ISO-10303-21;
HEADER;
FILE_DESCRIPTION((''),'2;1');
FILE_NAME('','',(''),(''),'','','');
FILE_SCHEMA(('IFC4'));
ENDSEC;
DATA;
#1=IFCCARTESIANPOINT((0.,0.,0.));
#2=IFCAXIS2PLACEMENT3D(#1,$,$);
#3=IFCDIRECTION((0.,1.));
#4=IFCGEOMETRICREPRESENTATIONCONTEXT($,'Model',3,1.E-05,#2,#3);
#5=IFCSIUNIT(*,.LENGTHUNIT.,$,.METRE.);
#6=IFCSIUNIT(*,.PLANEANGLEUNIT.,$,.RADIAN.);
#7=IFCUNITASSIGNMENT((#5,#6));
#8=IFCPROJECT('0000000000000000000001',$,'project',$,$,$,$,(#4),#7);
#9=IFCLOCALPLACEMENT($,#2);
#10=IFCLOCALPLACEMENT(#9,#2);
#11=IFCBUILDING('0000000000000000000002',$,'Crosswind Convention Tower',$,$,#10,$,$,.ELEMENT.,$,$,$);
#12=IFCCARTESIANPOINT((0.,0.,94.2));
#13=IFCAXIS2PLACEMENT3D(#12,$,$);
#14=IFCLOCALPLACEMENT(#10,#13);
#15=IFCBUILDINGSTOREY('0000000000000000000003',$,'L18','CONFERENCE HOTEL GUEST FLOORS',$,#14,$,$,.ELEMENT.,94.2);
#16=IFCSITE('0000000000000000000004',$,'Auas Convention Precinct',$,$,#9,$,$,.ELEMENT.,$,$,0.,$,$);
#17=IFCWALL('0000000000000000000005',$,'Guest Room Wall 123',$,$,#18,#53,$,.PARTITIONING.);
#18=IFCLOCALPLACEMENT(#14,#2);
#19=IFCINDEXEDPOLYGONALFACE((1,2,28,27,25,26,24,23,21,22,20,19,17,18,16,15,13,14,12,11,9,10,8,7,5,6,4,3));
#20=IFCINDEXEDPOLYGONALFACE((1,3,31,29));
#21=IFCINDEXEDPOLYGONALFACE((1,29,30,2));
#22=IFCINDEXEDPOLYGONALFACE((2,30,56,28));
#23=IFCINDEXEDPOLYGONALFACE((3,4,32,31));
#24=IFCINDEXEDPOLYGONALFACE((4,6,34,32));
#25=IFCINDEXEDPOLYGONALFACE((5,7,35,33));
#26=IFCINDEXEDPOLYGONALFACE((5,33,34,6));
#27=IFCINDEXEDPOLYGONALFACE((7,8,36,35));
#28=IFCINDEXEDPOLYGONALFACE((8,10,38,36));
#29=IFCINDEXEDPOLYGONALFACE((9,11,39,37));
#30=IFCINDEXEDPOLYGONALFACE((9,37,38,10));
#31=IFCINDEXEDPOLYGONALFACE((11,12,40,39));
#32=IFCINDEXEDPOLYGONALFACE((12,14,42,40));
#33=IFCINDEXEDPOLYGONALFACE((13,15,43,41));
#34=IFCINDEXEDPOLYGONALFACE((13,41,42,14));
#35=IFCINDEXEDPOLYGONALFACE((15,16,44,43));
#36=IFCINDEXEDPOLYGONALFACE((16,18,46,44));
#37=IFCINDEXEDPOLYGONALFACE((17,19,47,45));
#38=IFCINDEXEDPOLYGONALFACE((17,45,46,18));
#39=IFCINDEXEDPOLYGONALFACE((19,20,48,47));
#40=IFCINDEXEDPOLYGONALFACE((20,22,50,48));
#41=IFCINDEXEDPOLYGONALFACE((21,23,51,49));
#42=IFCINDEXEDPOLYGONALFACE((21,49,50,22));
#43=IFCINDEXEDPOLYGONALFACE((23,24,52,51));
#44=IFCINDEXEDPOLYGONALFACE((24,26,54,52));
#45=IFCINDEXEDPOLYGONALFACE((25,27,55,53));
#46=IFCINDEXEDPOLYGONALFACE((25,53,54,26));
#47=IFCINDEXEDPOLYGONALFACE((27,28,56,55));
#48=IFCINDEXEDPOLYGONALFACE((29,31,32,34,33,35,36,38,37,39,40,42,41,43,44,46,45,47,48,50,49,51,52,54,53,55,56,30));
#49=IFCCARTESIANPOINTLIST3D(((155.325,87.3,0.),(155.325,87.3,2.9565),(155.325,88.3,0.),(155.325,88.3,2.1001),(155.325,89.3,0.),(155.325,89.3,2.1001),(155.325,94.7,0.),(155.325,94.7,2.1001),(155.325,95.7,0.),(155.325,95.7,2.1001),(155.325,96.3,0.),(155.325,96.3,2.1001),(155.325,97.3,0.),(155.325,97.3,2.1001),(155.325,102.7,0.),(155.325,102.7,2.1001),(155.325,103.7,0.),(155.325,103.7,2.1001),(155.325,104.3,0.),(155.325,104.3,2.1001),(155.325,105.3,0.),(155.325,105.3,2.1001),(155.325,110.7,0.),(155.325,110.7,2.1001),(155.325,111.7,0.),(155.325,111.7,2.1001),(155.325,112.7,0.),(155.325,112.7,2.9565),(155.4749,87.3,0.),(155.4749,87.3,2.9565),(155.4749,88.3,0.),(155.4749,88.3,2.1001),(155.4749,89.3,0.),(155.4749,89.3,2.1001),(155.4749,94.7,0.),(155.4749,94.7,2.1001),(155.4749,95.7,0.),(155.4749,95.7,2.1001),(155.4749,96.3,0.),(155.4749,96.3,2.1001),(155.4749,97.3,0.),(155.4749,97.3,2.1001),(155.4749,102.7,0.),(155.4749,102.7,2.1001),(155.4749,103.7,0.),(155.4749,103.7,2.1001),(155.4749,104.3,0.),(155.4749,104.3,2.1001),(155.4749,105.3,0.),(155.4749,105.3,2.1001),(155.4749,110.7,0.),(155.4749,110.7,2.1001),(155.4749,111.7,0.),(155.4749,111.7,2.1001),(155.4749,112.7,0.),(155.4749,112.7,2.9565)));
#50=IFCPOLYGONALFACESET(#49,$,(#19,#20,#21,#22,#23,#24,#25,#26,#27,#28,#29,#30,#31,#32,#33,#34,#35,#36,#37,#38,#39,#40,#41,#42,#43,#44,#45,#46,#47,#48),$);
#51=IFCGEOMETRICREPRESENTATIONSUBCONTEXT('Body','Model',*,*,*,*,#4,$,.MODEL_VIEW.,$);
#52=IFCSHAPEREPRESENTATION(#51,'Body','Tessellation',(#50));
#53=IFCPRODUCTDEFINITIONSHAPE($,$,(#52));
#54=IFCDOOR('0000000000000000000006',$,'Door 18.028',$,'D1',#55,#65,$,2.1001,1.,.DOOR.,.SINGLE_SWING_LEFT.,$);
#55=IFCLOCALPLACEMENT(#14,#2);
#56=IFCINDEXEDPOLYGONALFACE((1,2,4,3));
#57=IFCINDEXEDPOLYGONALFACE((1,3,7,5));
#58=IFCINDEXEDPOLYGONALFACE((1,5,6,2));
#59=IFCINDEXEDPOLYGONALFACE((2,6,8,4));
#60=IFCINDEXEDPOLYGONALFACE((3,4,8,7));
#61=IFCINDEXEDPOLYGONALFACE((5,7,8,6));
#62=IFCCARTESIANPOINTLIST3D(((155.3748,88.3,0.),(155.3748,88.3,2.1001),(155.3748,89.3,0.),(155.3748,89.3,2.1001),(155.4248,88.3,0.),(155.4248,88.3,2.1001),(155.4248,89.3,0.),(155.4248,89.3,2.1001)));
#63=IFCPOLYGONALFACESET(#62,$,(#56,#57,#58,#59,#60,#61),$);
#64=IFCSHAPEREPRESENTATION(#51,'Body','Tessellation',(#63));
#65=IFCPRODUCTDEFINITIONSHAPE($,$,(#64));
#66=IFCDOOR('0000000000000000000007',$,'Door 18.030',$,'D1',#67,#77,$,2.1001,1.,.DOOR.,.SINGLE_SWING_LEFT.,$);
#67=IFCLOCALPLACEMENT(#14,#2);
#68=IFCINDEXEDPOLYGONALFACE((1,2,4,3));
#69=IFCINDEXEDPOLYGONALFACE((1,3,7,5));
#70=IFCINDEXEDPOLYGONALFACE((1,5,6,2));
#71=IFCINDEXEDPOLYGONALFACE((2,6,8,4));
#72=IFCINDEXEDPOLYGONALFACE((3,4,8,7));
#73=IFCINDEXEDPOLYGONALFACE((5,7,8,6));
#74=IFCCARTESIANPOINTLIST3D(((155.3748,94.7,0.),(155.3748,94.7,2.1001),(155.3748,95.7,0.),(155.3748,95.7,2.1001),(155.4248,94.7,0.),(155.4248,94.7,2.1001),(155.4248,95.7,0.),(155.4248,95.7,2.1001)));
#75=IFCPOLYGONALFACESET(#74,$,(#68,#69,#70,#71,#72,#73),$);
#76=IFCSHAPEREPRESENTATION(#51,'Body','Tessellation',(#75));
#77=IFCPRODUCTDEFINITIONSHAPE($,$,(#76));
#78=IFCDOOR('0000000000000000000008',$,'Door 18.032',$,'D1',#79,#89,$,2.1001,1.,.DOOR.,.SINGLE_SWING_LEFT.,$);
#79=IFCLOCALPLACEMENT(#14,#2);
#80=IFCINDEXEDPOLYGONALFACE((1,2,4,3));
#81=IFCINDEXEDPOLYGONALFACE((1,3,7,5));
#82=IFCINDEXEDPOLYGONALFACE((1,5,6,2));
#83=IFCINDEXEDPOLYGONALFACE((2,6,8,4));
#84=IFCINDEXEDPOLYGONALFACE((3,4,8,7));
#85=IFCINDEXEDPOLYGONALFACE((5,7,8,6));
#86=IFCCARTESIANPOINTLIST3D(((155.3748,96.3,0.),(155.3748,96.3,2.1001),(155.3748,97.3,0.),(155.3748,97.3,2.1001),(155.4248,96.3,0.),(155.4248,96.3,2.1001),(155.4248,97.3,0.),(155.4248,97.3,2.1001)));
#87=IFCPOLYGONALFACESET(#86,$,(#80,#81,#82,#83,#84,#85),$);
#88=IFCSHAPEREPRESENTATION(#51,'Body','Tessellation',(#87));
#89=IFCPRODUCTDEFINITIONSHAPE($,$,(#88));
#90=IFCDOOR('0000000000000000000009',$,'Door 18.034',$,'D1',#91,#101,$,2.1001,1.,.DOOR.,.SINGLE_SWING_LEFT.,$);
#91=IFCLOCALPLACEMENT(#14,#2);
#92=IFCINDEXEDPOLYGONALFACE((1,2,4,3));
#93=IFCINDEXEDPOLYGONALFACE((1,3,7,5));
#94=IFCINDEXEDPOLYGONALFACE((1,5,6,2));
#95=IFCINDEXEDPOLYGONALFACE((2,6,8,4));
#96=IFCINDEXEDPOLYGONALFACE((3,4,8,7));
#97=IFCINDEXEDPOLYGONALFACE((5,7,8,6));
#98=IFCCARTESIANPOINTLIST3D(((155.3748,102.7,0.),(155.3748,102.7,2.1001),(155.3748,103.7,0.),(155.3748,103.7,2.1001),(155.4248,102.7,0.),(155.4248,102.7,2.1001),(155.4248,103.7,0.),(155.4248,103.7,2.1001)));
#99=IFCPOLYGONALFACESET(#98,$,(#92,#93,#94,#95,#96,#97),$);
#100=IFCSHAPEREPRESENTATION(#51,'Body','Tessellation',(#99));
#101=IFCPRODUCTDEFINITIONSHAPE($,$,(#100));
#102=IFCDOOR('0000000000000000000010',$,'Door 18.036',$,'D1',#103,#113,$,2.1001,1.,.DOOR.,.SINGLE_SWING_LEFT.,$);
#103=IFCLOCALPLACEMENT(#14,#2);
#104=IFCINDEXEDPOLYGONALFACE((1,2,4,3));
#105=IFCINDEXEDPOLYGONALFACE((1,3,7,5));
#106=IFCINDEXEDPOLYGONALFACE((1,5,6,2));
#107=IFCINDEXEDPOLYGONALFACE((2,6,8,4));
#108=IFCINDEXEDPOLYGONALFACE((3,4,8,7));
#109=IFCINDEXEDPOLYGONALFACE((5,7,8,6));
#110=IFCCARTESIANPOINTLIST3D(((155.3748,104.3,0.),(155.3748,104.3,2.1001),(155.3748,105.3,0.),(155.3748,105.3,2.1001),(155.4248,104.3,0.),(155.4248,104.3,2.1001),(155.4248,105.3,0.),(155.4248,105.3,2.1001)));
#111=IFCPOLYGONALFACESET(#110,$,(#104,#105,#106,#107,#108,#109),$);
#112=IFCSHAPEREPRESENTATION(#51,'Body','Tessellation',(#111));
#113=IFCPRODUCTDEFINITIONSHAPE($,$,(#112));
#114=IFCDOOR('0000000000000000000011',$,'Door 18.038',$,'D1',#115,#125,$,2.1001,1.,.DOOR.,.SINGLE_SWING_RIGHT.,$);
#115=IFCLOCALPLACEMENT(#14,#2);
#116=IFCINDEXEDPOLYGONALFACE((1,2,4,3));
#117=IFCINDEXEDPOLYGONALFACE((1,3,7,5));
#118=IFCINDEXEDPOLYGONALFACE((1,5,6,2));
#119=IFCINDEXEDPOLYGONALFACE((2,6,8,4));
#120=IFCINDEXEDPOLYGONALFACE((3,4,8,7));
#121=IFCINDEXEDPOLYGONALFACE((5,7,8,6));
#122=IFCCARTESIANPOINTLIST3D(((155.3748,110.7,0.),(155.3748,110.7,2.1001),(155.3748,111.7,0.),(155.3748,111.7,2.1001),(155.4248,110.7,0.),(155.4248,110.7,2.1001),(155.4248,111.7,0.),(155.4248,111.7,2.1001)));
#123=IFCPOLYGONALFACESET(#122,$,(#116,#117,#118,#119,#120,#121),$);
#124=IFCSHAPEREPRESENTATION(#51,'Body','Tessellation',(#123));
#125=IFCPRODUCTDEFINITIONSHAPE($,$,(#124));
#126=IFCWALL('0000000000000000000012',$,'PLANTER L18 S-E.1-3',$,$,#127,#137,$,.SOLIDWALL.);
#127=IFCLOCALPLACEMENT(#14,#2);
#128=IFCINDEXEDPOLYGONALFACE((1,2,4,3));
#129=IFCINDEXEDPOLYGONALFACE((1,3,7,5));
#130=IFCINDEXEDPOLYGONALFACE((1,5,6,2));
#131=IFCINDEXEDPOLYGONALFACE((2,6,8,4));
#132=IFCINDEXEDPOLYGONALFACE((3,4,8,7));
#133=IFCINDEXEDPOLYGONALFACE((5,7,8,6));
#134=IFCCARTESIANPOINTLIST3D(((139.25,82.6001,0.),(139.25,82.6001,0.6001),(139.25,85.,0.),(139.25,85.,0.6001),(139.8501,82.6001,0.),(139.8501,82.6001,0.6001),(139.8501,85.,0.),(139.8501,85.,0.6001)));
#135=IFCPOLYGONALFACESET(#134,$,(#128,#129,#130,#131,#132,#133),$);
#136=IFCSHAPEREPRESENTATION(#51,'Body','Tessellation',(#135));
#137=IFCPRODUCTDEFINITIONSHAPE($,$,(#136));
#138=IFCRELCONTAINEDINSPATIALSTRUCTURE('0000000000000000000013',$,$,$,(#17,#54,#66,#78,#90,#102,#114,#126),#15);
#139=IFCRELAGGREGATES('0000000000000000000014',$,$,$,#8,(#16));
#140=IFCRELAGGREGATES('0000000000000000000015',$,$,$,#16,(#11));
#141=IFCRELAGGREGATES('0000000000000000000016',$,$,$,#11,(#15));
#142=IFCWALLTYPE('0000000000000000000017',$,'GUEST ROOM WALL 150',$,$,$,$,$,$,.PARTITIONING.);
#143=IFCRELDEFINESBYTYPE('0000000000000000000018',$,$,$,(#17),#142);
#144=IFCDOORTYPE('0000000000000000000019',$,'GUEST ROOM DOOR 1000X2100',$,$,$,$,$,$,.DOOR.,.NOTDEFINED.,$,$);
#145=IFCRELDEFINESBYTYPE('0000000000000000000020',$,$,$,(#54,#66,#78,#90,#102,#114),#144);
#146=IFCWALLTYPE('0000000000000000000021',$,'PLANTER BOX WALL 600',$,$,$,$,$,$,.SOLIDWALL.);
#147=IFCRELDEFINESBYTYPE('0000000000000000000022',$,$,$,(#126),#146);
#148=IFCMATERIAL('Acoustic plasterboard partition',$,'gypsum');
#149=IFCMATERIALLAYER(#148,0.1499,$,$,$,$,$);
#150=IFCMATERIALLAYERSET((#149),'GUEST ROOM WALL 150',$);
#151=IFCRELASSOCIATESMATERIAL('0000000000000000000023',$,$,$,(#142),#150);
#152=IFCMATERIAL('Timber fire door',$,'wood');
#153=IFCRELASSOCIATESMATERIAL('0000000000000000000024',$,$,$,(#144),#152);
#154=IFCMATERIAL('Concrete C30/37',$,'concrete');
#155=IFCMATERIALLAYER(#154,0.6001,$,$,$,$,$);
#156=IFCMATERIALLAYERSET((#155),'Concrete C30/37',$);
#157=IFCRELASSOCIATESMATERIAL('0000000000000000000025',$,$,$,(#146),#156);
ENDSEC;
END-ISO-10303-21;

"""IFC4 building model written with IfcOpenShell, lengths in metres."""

from ifc_helpers import new_model, si_unit, direction, frame, frame_2d, origin, place, context, subcontext, project, spatial, rectangle, extrude, material, layer, layer_set, type_object, element, fill, save


model = new_model("IFC4")

# Units and contexts
model_context = context("Model", 3, precision=1e-05, world=origin(), true_north=direction((0.0, 1.0)))
body_context = subcontext(model_context, "Body", "Model", "MODEL_VIEW")
ifc_project = project(units=[si_unit("LENGTHUNIT", "METRE"), si_unit("PLANEANGLEUNIT", "RADIAN")], contexts=[model_context])

# Site, building, storey
site_placement = place(None, origin())
site = spatial("IfcSite", under=ifc_project, at=site_placement, Name="Auas Convention Precinct", CompositionType="ELEMENT", RefElevation=0.0)
building_placement = place(site_placement, origin())
building = spatial("IfcBuilding", under=site, at=building_placement, Name="Crosswind Convention Tower", CompositionType="ELEMENT")
storey_placement = place(building_placement, frame((0.0, 0.0, 94.2)))
storey = spatial("IfcBuildingStorey", under=building, at=storey_placement, Name="L18", Description="CONFERENCE HOTEL GUEST FLOORS", CompositionType="ELEMENT", Elevation=94.2)

# Wall, openings, doors
ifc_material_1 = material(Name="Acoustic plasterboard partition", Category="gypsum")
ifc_layer_1 = layer(ifc_material_1, 0.1499)
ifc_layer_set_1 = layer_set([ifc_layer_1], Name="GUEST ROOM WALL 150")
wall_type_1 = type_object("IfcWallType", Name="GUEST ROOM WALL 150", PredefinedType="PARTITIONING", material=ifc_layer_set_1)
wall_1_placement = place(storey_placement, frame((155.3999, 87.3, 0.0), z_axis=(0.0, 0.0, 1.0), x_axis=(0.0, 1.0, 0.0)))
wall_1 = element("IfcWall", 1, at=wall_1_placement, inside=storey, type_object=wall_type_1, Name="Guest Room Wall 123", PredefinedType="PARTITIONING", context=body_context, shape_type="SweptSolid", body=[
    extrude(rectangle(XDim=25.3999, YDim=0.1499, at=frame_2d((12.7, 0.0))), origin(), (0.0, 0.0, 1.0), 2.9565),
])
opening_1_placement = place(wall_1_placement, frame((1.0, 0.0, 0.0)))
opening_1 = element("IfcOpeningElement", 2, at=opening_1_placement, cuts=wall_1, PredefinedType="OPENING", context=body_context, shape_type="SweptSolid", body=[
    extrude(rectangle(XDim=1.0, YDim=2.1001, at=frame_2d((0.5, 1.05))), frame((0.0, 0.085, 0.0), z_axis=(0.0, -1.0, 0.0), x_axis=(1.0, 0.0, 0.0)), (0.0, 0.0, 1.0), 0.1699),
])
opening_2_placement = place(wall_1_placement, frame((7.3999, 0.0, 0.0)))
opening_2 = element("IfcOpeningElement", 3, at=opening_2_placement, cuts=wall_1, PredefinedType="OPENING", context=body_context, shape_type="SweptSolid", body=[
    extrude(rectangle(XDim=1.0, YDim=2.1001, at=frame_2d((0.5, 1.05))), frame((0.0, 0.085, 0.0), z_axis=(0.0, -1.0, 0.0), x_axis=(1.0, 0.0, 0.0)), (0.0, 0.0, 1.0), 0.1699),
])
opening_3_placement = place(wall_1_placement, frame((9.0, 0.0, 0.0)))
opening_3 = element("IfcOpeningElement", 4, at=opening_3_placement, cuts=wall_1, PredefinedType="OPENING", context=body_context, shape_type="SweptSolid", body=[
    extrude(rectangle(XDim=1.0, YDim=2.1001, at=frame_2d((0.5, 1.05))), frame((0.0, 0.085, 0.0), z_axis=(0.0, -1.0, 0.0), x_axis=(1.0, 0.0, 0.0)), (0.0, 0.0, 1.0), 0.1699),
])
opening_4_placement = place(wall_1_placement, frame((15.3999, 0.0, 0.0)))
opening_4 = element("IfcOpeningElement", 5, at=opening_4_placement, cuts=wall_1, PredefinedType="OPENING", context=body_context, shape_type="SweptSolid", body=[
    extrude(rectangle(XDim=1.0, YDim=2.1001, at=frame_2d((0.5, 1.05))), frame((0.0, 0.085, 0.0), z_axis=(0.0, -1.0, 0.0), x_axis=(1.0, 0.0, 0.0)), (0.0, 0.0, 1.0), 0.1699),
])
opening_5_placement = place(wall_1_placement, frame((17.0, 0.0, 0.0)))
opening_5 = element("IfcOpeningElement", 6, at=opening_5_placement, cuts=wall_1, PredefinedType="OPENING", context=body_context, shape_type="SweptSolid", body=[
    extrude(rectangle(XDim=1.0, YDim=2.1001, at=frame_2d((0.5, 1.05))), frame((0.0, 0.085, 0.0), z_axis=(0.0, -1.0, 0.0), x_axis=(1.0, 0.0, 0.0)), (0.0, 0.0, 1.0), 0.1699),
])
opening_6_placement = place(wall_1_placement, frame((23.3999, 0.0, 0.0)))
opening_6 = element("IfcOpeningElement", 7, at=opening_6_placement, cuts=wall_1, PredefinedType="OPENING", context=body_context, shape_type="SweptSolid", body=[
    extrude(rectangle(XDim=1.0, YDim=2.1001, at=frame_2d((0.5, 1.05))), frame((0.0, 0.085, 0.0), z_axis=(0.0, -1.0, 0.0), x_axis=(1.0, 0.0, 0.0)), (0.0, 0.0, 1.0), 0.1699),
])
ifc_material_2 = material(Name="Timber fire door", Category="wood")
door_type = type_object("IfcDoorType", Name="GUEST ROOM DOOR 1000X2100", OperationType="NOTDEFINED", PredefinedType="DOOR", material=ifc_material_2)
door_1_placement = place(opening_1_placement, frame((1.0, 0.0, 0.0), z_axis=(0.0, 0.0, 1.0), x_axis=(-1.0, 0.0, 0.0)))
door_1 = element("IfcDoor", 8, at=door_1_placement, inside=storey, type_object=door_type, Name="Door 18.028", ObjectType="D1", OperationType="SINGLE_SWING_LEFT", OverallHeight=2.1001, OverallWidth=1.0, PredefinedType="DOOR", context=body_context, shape_type="SweptSolid", body=[
    extrude(rectangle(XDim=1.0, YDim=2.1001, at=frame_2d((0.5, 1.05))), frame((0.0, 0.0249, 0.0), z_axis=(0.0, -1.0, 0.0), x_axis=(1.0, 0.0, 0.0)), (0.0, 0.0, 1.0), 0.05),
])
fill(opening_1, door_1)
door_2_placement = place(opening_2_placement, frame((1.0, 0.0, 0.0), z_axis=(0.0, 0.0, 1.0), x_axis=(-1.0, 0.0, 0.0)))
door_2 = element("IfcDoor", 9, at=door_2_placement, inside=storey, type_object=door_type, Name="Door 18.030", ObjectType="D1", OperationType="SINGLE_SWING_LEFT", OverallHeight=2.1001, OverallWidth=1.0, PredefinedType="DOOR", context=body_context, shape_type="SweptSolid", body=[
    extrude(rectangle(XDim=1.0, YDim=2.1001, at=frame_2d((0.5, 1.05))), frame((0.0, 0.0249, 0.0), z_axis=(0.0, -1.0, 0.0), x_axis=(1.0, 0.0, 0.0)), (0.0, 0.0, 1.0), 0.05),
])
fill(opening_2, door_2)
door_3_placement = place(opening_3_placement, frame((1.0, 0.0, 0.0), z_axis=(0.0, 0.0, 1.0), x_axis=(-1.0, 0.0, 0.0)))
door_3 = element("IfcDoor", 10, at=door_3_placement, inside=storey, type_object=door_type, Name="Door 18.032", ObjectType="D1", OperationType="SINGLE_SWING_LEFT", OverallHeight=2.1001, OverallWidth=1.0, PredefinedType="DOOR", context=body_context, shape_type="SweptSolid", body=[
    extrude(rectangle(XDim=1.0, YDim=2.1001, at=frame_2d((0.5, 1.05))), frame((0.0, 0.0249, 0.0), z_axis=(0.0, -1.0, 0.0), x_axis=(1.0, 0.0, 0.0)), (0.0, 0.0, 1.0), 0.05),
])
fill(opening_3, door_3)
door_4_placement = place(opening_4_placement, frame((1.0, 0.0, 0.0), z_axis=(0.0, 0.0, 1.0), x_axis=(-1.0, 0.0, 0.0)))
door_4 = element("IfcDoor", 11, at=door_4_placement, inside=storey, type_object=door_type, Name="Door 18.034", ObjectType="D1", OperationType="SINGLE_SWING_LEFT", OverallHeight=2.1001, OverallWidth=1.0, PredefinedType="DOOR", context=body_context, shape_type="SweptSolid", body=[
    extrude(rectangle(XDim=1.0, YDim=2.1001, at=frame_2d((0.5, 1.05))), frame((0.0, 0.0249, 0.0), z_axis=(0.0, -1.0, 0.0), x_axis=(1.0, 0.0, 0.0)), (0.0, 0.0, 1.0), 0.05),
])
fill(opening_4, door_4)
door_5_placement = place(opening_5_placement, frame((1.0, 0.0, 0.0), z_axis=(0.0, 0.0, 1.0), x_axis=(-1.0, 0.0, 0.0)))
door_5 = element("IfcDoor", 12, at=door_5_placement, inside=storey, type_object=door_type, Name="Door 18.036", ObjectType="D1", OperationType="SINGLE_SWING_LEFT", OverallHeight=2.1001, OverallWidth=1.0, PredefinedType="DOOR", context=body_context, shape_type="SweptSolid", body=[
    extrude(rectangle(XDim=1.0, YDim=2.1001, at=frame_2d((0.5, 1.05))), frame((0.0, 0.0249, 0.0), z_axis=(0.0, -1.0, 0.0), x_axis=(1.0, 0.0, 0.0)), (0.0, 0.0, 1.0), 0.05),
])
fill(opening_5, door_5)
door_6_placement = place(opening_6_placement, frame((1.0, 0.0, 0.0), z_axis=(0.0, 0.0, 1.0), x_axis=(-1.0, 0.0, 0.0)))
door_6 = element("IfcDoor", 13, at=door_6_placement, inside=storey, type_object=door_type, Name="Door 18.038", ObjectType="D1", OperationType="SINGLE_SWING_RIGHT", OverallHeight=2.1001, OverallWidth=1.0, PredefinedType="DOOR", context=body_context, shape_type="SweptSolid", body=[
    extrude(rectangle(XDim=1.0, YDim=2.1001, at=frame_2d((0.5, 1.05))), frame((0.0, 0.0249, 0.0), z_axis=(0.0, -1.0, 0.0), x_axis=(1.0, 0.0, 0.0)), (0.0, 0.0, 1.0), 0.05),
])
fill(opening_6, door_6)

# Wall
ifc_material_3 = material(Name="Concrete C30/37", Category="concrete")
ifc_layer_2 = layer(ifc_material_3, 0.6001)
ifc_layer_set_2 = layer_set([ifc_layer_2], Name="Concrete C30/37")
wall_type_2 = type_object("IfcWallType", Name="PLANTER BOX WALL 600", PredefinedType="SOLIDWALL", material=ifc_layer_set_2)
wall_2_placement = place(storey_placement, frame((139.55, 82.6001, 0.0), z_axis=(0.0, 0.0, 1.0), x_axis=(0.0, 1.0, 0.0)))
element("IfcWall", 14, at=wall_2_placement, inside=storey, type_object=wall_type_2, Name="PLANTER L18 S-E.1-3", PredefinedType="SOLIDWALL", context=body_context, shape_type="SweptSolid", body=[
    extrude(rectangle(XDim=2.3999, YDim=0.6001, at=frame_2d((1.2, 0.0))), origin(), (0.0, 0.0, 1.0), 0.6001),
])

save(model, "model.ifc")
